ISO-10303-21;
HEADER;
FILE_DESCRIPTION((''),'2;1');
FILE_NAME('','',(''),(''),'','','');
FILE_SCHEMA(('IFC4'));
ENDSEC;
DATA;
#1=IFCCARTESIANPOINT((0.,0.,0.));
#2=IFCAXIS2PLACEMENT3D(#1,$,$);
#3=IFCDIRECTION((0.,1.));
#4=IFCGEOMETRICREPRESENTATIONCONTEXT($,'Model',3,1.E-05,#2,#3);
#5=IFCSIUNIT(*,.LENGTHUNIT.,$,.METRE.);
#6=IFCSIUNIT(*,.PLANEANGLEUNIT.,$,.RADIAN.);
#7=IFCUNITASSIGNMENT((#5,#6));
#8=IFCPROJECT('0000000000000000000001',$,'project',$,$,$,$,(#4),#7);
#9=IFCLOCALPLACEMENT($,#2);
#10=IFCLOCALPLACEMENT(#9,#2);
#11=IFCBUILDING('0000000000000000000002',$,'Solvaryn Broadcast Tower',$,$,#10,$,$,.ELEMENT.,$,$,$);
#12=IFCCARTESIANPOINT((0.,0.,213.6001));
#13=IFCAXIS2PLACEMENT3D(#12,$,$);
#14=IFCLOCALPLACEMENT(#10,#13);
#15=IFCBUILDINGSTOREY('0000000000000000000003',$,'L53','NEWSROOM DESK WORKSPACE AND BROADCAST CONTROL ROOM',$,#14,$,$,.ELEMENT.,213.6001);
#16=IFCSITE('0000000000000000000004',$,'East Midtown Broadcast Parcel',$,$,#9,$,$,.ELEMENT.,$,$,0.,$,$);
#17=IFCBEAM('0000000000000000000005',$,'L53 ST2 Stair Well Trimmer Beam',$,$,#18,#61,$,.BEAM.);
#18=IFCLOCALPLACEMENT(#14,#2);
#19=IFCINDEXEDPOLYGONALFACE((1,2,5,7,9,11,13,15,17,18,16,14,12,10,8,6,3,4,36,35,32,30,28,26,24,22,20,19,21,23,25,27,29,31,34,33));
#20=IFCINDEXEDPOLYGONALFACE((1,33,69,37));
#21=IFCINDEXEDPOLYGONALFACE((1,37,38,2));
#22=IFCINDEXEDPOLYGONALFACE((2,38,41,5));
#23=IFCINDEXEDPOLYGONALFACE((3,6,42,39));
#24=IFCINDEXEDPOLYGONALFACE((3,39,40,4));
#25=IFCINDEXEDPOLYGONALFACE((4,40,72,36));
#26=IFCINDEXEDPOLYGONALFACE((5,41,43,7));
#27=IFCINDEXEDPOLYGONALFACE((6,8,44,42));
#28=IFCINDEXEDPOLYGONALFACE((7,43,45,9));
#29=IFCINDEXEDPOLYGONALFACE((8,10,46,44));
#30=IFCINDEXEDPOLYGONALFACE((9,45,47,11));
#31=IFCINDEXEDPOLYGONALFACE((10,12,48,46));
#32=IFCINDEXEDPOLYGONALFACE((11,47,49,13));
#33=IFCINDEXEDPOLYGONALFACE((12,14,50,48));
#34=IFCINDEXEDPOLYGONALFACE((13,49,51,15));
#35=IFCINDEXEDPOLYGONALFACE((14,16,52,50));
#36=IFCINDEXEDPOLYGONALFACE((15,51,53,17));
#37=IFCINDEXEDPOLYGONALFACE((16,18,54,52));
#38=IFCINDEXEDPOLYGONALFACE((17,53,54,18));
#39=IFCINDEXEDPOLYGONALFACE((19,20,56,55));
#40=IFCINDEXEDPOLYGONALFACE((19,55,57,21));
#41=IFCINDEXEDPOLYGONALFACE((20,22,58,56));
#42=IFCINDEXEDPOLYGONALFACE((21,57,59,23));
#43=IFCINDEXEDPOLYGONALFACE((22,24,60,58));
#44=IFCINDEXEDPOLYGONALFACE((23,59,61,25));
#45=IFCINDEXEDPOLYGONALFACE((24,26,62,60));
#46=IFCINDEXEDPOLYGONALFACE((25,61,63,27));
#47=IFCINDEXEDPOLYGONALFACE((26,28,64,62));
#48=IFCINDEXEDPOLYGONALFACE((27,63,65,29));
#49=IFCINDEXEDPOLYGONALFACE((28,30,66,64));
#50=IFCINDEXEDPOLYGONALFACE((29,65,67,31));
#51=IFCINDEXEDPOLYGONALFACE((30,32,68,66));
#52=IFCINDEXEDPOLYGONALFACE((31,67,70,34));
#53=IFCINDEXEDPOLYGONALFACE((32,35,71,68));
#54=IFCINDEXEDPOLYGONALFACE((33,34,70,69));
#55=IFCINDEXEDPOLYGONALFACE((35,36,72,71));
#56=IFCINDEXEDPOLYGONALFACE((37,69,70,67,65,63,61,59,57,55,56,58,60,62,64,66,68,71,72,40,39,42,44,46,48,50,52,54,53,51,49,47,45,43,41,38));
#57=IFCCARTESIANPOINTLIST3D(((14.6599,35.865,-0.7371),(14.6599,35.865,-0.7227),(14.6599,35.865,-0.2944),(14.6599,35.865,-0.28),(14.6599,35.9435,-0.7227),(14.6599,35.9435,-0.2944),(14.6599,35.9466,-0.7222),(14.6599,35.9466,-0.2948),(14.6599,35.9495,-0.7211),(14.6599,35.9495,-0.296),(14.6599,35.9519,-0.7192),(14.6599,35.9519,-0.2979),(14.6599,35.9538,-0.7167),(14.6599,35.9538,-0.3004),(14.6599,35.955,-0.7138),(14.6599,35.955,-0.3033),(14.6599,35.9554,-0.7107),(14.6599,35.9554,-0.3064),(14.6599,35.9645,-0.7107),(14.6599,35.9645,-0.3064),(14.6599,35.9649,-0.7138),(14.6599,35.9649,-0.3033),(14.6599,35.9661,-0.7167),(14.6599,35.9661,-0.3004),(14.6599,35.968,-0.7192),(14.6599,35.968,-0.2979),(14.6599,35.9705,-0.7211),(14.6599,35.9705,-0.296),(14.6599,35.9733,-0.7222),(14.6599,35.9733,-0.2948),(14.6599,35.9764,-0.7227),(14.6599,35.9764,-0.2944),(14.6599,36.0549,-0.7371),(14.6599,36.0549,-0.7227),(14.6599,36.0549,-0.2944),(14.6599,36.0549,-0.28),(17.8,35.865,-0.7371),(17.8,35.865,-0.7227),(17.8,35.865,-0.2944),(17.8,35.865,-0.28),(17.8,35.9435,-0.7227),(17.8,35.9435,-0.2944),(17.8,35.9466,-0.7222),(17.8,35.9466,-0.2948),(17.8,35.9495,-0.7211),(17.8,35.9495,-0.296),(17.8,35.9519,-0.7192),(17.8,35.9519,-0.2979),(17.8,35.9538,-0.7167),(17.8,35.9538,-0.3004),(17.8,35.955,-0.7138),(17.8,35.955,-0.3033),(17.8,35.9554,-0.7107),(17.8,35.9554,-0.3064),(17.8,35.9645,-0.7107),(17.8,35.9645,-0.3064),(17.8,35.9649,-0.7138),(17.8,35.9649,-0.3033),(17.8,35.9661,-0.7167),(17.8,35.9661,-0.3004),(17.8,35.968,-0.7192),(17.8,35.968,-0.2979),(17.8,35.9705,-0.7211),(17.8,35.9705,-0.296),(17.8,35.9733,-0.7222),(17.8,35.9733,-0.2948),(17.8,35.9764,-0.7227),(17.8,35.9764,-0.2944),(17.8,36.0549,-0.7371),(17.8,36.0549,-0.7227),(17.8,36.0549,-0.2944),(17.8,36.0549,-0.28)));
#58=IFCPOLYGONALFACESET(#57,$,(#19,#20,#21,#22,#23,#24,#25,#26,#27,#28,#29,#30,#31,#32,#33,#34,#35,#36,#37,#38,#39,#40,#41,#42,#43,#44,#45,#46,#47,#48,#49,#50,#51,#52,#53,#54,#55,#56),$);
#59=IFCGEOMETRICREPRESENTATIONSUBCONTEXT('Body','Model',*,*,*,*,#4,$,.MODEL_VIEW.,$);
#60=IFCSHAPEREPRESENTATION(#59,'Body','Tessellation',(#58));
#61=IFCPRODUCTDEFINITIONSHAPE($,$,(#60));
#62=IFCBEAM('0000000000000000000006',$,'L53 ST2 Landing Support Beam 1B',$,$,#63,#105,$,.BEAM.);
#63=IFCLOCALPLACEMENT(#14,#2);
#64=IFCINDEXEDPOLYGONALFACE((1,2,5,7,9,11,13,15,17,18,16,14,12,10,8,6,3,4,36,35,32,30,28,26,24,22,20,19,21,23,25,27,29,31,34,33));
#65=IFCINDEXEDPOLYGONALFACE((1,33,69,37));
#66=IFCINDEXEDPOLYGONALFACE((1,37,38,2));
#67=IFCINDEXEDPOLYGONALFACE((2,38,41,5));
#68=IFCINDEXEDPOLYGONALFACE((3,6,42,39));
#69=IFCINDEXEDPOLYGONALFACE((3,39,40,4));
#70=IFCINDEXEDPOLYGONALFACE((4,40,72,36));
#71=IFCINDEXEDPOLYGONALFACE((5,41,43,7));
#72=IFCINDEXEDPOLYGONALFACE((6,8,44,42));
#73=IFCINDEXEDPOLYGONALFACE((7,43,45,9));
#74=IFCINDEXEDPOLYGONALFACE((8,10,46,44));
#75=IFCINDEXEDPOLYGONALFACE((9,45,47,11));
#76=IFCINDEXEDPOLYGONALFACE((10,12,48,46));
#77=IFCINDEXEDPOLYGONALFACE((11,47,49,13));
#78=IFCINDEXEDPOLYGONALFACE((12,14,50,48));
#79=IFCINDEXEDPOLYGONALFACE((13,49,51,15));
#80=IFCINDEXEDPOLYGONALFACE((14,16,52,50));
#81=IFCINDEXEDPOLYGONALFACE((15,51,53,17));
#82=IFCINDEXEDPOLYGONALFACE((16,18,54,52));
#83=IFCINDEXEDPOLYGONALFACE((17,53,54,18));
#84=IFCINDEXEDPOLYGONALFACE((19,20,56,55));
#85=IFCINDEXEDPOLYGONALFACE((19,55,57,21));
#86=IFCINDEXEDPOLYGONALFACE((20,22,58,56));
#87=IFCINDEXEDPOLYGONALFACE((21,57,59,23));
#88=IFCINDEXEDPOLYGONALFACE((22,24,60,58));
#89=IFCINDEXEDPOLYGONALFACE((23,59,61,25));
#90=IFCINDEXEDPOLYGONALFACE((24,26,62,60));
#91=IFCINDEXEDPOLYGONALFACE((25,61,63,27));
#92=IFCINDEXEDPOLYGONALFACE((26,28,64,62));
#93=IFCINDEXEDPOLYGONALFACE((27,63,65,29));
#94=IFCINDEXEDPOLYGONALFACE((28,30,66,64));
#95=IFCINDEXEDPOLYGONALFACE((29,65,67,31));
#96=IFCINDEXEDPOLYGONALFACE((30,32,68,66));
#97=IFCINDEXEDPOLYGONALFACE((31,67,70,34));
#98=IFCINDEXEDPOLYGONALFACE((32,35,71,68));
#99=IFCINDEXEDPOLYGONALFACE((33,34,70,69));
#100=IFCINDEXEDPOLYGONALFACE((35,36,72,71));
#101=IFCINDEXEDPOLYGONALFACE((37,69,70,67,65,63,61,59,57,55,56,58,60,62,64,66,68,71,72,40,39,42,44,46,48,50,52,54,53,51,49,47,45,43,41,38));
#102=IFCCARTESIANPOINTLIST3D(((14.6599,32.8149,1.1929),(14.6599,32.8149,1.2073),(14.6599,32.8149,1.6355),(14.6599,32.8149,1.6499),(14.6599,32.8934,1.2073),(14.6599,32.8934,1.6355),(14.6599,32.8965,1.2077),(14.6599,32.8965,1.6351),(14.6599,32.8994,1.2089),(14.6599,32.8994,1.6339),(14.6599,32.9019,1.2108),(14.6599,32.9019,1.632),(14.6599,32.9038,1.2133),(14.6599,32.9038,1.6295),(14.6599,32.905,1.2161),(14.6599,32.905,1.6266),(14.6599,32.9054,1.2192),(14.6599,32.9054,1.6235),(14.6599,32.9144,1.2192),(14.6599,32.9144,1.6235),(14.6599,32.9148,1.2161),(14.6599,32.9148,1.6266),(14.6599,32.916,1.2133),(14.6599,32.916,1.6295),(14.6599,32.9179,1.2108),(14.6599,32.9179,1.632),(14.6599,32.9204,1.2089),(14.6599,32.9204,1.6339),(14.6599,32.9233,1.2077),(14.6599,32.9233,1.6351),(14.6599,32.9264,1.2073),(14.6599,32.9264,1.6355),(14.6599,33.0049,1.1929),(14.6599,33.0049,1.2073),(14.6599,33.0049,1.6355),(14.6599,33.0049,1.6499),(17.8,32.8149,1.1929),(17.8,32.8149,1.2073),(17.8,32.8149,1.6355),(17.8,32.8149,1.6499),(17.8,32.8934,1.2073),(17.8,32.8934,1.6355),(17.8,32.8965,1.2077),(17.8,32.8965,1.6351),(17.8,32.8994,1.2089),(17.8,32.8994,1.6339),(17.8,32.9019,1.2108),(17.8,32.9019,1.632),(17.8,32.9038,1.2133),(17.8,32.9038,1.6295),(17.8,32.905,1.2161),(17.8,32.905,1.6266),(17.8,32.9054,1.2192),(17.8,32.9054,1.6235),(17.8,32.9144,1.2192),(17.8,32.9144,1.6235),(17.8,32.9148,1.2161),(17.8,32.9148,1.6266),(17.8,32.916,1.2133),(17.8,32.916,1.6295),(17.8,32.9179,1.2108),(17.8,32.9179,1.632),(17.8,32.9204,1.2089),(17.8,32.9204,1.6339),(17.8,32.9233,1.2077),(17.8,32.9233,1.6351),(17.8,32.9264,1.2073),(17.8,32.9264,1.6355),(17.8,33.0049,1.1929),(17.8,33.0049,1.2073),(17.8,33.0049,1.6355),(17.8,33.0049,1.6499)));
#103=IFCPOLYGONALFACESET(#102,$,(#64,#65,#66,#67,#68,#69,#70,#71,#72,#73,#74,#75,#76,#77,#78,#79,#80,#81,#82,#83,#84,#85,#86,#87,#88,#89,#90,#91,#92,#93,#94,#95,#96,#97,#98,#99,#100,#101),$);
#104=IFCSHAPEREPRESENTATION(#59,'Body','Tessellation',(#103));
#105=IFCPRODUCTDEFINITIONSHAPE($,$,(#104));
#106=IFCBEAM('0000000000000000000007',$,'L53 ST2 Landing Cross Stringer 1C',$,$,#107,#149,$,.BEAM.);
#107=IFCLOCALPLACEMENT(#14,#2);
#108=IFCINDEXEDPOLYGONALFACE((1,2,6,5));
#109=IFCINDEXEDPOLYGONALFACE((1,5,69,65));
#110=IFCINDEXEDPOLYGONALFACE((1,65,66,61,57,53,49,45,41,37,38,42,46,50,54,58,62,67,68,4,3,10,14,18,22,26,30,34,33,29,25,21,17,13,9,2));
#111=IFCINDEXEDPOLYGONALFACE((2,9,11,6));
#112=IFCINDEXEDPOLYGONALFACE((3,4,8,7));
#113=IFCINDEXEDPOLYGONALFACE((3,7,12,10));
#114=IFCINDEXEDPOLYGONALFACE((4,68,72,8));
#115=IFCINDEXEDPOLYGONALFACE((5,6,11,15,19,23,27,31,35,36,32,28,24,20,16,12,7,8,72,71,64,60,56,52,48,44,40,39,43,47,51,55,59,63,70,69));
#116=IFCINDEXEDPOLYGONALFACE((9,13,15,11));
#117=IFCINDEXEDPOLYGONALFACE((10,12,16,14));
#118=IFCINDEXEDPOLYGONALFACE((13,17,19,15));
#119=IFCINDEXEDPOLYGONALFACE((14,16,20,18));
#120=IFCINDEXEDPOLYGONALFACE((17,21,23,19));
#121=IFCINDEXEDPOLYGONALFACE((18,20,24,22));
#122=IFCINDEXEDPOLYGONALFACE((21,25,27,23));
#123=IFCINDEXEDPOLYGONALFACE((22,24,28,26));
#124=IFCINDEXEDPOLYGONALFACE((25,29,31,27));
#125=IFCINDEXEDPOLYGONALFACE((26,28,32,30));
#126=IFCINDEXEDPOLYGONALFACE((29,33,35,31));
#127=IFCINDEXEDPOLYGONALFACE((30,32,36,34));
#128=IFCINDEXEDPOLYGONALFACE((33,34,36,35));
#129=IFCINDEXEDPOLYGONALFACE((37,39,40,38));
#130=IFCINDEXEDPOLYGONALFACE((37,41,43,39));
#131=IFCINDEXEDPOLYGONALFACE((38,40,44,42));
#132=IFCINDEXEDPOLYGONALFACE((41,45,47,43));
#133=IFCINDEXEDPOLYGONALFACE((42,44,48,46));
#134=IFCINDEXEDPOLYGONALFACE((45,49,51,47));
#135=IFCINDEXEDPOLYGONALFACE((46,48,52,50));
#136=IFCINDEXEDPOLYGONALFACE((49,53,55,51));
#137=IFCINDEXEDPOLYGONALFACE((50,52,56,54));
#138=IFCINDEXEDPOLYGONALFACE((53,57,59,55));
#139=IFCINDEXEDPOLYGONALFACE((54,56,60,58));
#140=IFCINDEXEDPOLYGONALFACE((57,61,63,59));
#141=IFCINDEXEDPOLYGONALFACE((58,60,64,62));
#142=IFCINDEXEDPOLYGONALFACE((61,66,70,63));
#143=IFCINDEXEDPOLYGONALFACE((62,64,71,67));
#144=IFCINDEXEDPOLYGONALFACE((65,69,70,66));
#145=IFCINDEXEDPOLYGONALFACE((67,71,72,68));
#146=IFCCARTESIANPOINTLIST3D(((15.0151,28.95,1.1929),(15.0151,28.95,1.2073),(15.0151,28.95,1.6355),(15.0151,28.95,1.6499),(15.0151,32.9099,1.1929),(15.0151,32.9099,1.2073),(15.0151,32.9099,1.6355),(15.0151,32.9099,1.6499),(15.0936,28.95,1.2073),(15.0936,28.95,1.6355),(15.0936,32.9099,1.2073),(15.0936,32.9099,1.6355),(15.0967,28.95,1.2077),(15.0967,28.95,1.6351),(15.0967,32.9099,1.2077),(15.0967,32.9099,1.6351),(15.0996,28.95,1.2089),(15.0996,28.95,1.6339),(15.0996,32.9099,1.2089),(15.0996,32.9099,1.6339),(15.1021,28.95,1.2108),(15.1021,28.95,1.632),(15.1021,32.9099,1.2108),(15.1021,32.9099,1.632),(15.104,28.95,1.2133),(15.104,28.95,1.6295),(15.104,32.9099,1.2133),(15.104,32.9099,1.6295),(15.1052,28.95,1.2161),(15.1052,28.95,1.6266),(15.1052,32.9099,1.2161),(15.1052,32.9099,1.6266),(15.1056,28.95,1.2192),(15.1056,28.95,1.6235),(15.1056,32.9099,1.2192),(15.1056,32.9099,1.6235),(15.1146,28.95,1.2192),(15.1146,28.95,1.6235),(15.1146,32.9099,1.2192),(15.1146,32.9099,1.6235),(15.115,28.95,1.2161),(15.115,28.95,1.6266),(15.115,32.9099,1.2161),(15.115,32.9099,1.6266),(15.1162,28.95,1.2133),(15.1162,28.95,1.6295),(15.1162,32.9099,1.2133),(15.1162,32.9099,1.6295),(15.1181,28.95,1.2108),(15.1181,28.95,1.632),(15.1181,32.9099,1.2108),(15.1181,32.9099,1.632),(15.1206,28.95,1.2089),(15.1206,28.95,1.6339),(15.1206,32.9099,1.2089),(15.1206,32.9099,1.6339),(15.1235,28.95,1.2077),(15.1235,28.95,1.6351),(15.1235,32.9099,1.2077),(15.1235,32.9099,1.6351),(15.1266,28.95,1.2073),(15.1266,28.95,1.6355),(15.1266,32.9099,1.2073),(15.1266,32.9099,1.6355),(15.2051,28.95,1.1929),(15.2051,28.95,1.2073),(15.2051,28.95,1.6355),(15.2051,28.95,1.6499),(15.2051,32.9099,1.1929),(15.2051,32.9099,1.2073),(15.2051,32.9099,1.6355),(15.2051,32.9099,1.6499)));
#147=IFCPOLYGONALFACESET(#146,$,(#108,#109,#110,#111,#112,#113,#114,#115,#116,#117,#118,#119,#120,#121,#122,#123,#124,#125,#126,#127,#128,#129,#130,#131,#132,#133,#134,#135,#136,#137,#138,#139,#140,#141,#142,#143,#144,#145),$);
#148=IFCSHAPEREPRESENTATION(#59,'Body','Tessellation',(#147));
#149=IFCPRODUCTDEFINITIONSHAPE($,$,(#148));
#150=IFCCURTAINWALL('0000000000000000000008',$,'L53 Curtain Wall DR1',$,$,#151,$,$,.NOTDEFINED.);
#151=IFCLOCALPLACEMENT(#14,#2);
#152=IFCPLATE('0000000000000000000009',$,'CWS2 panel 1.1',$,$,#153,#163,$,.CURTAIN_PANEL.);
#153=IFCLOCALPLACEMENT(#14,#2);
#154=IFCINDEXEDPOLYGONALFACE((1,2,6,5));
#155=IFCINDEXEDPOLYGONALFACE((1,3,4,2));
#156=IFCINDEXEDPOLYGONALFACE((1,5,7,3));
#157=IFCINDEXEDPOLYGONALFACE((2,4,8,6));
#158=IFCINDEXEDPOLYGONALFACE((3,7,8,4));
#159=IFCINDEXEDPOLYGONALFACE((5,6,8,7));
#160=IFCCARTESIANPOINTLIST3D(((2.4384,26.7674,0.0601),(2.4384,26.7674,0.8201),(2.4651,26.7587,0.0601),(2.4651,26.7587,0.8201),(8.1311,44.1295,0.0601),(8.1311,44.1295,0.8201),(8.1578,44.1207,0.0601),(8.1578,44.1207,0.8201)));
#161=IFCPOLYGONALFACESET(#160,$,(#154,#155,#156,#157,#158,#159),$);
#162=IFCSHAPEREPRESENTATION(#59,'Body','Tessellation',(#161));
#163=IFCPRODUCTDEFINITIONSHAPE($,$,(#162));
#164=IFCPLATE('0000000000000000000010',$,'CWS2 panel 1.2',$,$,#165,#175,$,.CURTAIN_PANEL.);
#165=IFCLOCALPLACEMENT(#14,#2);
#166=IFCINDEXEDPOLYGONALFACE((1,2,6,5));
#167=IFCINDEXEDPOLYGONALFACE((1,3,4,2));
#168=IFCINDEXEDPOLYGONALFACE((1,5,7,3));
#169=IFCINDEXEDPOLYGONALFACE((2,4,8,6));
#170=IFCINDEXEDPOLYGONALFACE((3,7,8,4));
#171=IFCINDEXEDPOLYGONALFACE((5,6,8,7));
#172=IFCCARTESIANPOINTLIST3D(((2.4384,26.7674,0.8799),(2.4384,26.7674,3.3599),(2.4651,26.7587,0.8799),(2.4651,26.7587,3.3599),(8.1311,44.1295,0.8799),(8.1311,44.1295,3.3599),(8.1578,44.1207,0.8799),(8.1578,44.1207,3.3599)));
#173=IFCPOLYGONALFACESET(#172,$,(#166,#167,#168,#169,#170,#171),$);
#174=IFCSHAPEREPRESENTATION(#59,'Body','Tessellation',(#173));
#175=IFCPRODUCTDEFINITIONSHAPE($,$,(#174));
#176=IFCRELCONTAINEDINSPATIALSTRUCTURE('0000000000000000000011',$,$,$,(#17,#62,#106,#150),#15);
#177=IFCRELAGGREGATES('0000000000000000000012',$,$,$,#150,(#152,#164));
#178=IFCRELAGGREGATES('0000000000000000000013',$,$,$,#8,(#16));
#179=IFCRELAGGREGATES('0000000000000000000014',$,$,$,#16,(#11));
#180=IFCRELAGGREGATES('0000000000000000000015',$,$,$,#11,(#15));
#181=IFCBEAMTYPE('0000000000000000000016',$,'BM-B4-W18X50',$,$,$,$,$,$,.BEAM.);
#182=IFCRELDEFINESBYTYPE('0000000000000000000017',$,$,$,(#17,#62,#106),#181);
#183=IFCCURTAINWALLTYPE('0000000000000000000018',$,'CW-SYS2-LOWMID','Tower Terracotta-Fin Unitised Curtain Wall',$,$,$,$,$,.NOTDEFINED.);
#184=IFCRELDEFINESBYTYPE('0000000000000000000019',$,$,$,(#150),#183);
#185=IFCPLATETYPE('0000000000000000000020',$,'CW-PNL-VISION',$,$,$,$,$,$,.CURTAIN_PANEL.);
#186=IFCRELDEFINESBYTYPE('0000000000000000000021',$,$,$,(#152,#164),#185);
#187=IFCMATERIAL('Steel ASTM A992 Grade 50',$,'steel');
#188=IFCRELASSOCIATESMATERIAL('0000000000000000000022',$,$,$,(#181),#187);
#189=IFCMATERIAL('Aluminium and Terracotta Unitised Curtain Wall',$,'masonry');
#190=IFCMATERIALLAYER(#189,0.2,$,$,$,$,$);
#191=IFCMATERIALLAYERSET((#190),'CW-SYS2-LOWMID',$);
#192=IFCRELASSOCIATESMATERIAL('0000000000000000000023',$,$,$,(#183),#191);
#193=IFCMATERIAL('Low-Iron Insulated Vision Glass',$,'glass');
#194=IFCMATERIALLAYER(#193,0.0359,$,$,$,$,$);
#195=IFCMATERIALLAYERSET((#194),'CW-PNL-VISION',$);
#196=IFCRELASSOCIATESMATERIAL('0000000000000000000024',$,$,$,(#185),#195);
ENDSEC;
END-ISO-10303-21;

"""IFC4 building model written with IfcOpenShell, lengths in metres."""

from ifc_helpers import new_model, si_unit, direction, frame, origin, origin_2d, place, context, subcontext, project, spatial, rectangle, i_section, extrude, material, layer, layer_set, material_profile, profile_set, type_object, element, aggregate, save


model = new_model("IFC4")

# Units and contexts
model_context = context("Model", 3, precision=1e-05, world=origin(), true_north=direction((0.0, 1.0)))
body_context = subcontext(model_context, "Body", "Model", "MODEL_VIEW")
ifc_project = project(units=[si_unit("LENGTHUNIT", "METRE"), si_unit("PLANEANGLEUNIT", "RADIAN")], contexts=[model_context])

# Site, building, storey
site_placement = place(None, origin())
site = spatial("IfcSite", under=ifc_project, at=site_placement, Name="East Midtown Broadcast Parcel", CompositionType="ELEMENT", RefElevation=0.0)
building_placement = place(site_placement, origin())
building = spatial("IfcBuilding", under=site, at=building_placement, Name="Solvaryn Broadcast Tower", CompositionType="ELEMENT")
storey_placement = place(building_placement, frame((0.0, 0.0, 213.6001)))
storey = spatial("IfcBuildingStorey", under=building, at=storey_placement, Name="L53", Description="NEWSROOM DESK WORKSPACE AND BROADCAST CONTROL ROOM", CompositionType="ELEMENT", Elevation=213.6001)

# Beams
ifc_material_1 = material(Name="Steel ASTM A992 Grade 50", Category="steel")
ifc_material_profile_1 = material_profile(ifc_material_1, i_section(OverallWidth=0.1899, OverallDepth=0.457, WebThickness=0.009, FlangeThickness=0.0144, FilletRadius=0.012, at=origin_2d()))
ifc_profile_set_1 = profile_set([ifc_material_profile_1], Name="Steel ASTM A992 Grade 50")
beam_type_1 = type_object("IfcBeamType", Name="BM-B4-W18X50", PredefinedType="BEAM", material=ifc_profile_set_1)
for number, where, z_axis, x_axis, name in (
    (1, (14.6599, 35.96, -0.5085), (1.0, 0.0, 0.0), (0.0, 1.0, 0.0), "L53 ST2 Stair Well Trimmer Beam"),
    (2, (14.6599, 32.9099, 1.4214), (1.0, 0.0, 0.0), (0.0, 1.0, 0.0), "L53 ST2 Landing Support Beam 1B"),
):
    element("IfcBeam", number, at=place(storey_placement, frame(where, z_axis=z_axis, x_axis=x_axis)), inside=storey, type_object=beam_type_1, Name=name, PredefinedType="BEAM", context=body_context, shape_type="SweptSolid", body=[
        extrude(i_section(OverallWidth=0.1899, OverallDepth=0.457, WebThickness=0.009, FlangeThickness=0.0144, FilletRadius=0.012, at=origin_2d()), origin(), (0.0, 0.0, 1.0), 3.1401),
    ])
beam_1_placement = place(storey_placement, frame((15.1101, 28.95, 1.4214), z_axis=(0.0, 1.0, 0.0), x_axis=(-1.0, 0.0, 0.0)))
element("IfcBeam", 3, at=beam_1_placement, inside=storey, type_object=beam_type_1, Name="L53 ST2 Landing Cross Stringer 1C", PredefinedType="BEAM", context=body_context, shape_type="SweptSolid", body=[
    extrude(i_section(OverallWidth=0.1899, OverallDepth=0.457, WebThickness=0.009, FlangeThickness=0.0144, FilletRadius=0.012, at=origin_2d()), origin(), (0.0, 0.0, 1.0), 3.96),
])

# Curtain wall, plates
ifc_material_2 = material(Name="Aluminium and Terracotta Unitised Curtain Wall", Category="masonry")
ifc_layer_1 = layer(ifc_material_2, 0.2)
ifc_layer_set_1 = layer_set([ifc_layer_1], Name="CW-SYS2-LOWMID")
curtain_wall_type = type_object("IfcCurtainWallType", Name="CW-SYS2-LOWMID", Description="Tower Terracotta-Fin Unitised Curtain Wall", PredefinedType="NOTDEFINED", material=ifc_layer_set_1)
curtain_wall_placement = place(storey_placement, origin())
curtain_wall = element("IfcCurtainWall", 4, at=curtain_wall_placement, inside=storey, type_object=curtain_wall_type, Name="L53 Curtain Wall DR1", PredefinedType="NOTDEFINED")
ifc_material_3 = material(Name="Low-Iron Insulated Vision Glass", Category="glass")
ifc_layer_2 = layer(ifc_material_3, 0.0359)
ifc_layer_set_2 = layer_set([ifc_layer_2], Name="CW-PNL-VISION")
plate_type = type_object("IfcPlateType", Name="CW-PNL-VISION", PredefinedType="CURTAIN_PANEL", material=ifc_layer_set_2)
plate_1_placement = place(storey_placement, frame((5.2981, 35.4441, 0.0601), z_axis=(0.0, 0.0, 1.0), x_axis=(-0.311559, -0.950227, 0.0)))
plate_1 = element("IfcPlate", 5, at=plate_1_placement, type_object=plate_type, Name="CWS2 panel 1.1", PredefinedType="CURTAIN_PANEL", context=body_context, shape_type="SweptSolid", body=[
    extrude(rectangle(XDim=18.2715, YDim=0.0281, at=origin_2d()), origin(), (0.0, 0.0, 1.0), 0.76),
])
plate_2_placement = place(storey_placement, frame((5.2981, 35.4441, 0.8799), z_axis=(0.0, 0.0, 1.0), x_axis=(-0.311559, -0.950227, 0.0)))
plate_2 = element("IfcPlate", 6, at=plate_2_placement, type_object=plate_type, Name="CWS2 panel 1.2", PredefinedType="CURTAIN_PANEL", context=body_context, shape_type="SweptSolid", body=[
    extrude(rectangle(XDim=18.2715, YDim=0.0281, at=origin_2d()), origin(), (0.0, 0.0, 1.0), 2.48),
])
aggregate(curtain_wall, [plate_1, plate_2])

save(model, "model.ifc")
